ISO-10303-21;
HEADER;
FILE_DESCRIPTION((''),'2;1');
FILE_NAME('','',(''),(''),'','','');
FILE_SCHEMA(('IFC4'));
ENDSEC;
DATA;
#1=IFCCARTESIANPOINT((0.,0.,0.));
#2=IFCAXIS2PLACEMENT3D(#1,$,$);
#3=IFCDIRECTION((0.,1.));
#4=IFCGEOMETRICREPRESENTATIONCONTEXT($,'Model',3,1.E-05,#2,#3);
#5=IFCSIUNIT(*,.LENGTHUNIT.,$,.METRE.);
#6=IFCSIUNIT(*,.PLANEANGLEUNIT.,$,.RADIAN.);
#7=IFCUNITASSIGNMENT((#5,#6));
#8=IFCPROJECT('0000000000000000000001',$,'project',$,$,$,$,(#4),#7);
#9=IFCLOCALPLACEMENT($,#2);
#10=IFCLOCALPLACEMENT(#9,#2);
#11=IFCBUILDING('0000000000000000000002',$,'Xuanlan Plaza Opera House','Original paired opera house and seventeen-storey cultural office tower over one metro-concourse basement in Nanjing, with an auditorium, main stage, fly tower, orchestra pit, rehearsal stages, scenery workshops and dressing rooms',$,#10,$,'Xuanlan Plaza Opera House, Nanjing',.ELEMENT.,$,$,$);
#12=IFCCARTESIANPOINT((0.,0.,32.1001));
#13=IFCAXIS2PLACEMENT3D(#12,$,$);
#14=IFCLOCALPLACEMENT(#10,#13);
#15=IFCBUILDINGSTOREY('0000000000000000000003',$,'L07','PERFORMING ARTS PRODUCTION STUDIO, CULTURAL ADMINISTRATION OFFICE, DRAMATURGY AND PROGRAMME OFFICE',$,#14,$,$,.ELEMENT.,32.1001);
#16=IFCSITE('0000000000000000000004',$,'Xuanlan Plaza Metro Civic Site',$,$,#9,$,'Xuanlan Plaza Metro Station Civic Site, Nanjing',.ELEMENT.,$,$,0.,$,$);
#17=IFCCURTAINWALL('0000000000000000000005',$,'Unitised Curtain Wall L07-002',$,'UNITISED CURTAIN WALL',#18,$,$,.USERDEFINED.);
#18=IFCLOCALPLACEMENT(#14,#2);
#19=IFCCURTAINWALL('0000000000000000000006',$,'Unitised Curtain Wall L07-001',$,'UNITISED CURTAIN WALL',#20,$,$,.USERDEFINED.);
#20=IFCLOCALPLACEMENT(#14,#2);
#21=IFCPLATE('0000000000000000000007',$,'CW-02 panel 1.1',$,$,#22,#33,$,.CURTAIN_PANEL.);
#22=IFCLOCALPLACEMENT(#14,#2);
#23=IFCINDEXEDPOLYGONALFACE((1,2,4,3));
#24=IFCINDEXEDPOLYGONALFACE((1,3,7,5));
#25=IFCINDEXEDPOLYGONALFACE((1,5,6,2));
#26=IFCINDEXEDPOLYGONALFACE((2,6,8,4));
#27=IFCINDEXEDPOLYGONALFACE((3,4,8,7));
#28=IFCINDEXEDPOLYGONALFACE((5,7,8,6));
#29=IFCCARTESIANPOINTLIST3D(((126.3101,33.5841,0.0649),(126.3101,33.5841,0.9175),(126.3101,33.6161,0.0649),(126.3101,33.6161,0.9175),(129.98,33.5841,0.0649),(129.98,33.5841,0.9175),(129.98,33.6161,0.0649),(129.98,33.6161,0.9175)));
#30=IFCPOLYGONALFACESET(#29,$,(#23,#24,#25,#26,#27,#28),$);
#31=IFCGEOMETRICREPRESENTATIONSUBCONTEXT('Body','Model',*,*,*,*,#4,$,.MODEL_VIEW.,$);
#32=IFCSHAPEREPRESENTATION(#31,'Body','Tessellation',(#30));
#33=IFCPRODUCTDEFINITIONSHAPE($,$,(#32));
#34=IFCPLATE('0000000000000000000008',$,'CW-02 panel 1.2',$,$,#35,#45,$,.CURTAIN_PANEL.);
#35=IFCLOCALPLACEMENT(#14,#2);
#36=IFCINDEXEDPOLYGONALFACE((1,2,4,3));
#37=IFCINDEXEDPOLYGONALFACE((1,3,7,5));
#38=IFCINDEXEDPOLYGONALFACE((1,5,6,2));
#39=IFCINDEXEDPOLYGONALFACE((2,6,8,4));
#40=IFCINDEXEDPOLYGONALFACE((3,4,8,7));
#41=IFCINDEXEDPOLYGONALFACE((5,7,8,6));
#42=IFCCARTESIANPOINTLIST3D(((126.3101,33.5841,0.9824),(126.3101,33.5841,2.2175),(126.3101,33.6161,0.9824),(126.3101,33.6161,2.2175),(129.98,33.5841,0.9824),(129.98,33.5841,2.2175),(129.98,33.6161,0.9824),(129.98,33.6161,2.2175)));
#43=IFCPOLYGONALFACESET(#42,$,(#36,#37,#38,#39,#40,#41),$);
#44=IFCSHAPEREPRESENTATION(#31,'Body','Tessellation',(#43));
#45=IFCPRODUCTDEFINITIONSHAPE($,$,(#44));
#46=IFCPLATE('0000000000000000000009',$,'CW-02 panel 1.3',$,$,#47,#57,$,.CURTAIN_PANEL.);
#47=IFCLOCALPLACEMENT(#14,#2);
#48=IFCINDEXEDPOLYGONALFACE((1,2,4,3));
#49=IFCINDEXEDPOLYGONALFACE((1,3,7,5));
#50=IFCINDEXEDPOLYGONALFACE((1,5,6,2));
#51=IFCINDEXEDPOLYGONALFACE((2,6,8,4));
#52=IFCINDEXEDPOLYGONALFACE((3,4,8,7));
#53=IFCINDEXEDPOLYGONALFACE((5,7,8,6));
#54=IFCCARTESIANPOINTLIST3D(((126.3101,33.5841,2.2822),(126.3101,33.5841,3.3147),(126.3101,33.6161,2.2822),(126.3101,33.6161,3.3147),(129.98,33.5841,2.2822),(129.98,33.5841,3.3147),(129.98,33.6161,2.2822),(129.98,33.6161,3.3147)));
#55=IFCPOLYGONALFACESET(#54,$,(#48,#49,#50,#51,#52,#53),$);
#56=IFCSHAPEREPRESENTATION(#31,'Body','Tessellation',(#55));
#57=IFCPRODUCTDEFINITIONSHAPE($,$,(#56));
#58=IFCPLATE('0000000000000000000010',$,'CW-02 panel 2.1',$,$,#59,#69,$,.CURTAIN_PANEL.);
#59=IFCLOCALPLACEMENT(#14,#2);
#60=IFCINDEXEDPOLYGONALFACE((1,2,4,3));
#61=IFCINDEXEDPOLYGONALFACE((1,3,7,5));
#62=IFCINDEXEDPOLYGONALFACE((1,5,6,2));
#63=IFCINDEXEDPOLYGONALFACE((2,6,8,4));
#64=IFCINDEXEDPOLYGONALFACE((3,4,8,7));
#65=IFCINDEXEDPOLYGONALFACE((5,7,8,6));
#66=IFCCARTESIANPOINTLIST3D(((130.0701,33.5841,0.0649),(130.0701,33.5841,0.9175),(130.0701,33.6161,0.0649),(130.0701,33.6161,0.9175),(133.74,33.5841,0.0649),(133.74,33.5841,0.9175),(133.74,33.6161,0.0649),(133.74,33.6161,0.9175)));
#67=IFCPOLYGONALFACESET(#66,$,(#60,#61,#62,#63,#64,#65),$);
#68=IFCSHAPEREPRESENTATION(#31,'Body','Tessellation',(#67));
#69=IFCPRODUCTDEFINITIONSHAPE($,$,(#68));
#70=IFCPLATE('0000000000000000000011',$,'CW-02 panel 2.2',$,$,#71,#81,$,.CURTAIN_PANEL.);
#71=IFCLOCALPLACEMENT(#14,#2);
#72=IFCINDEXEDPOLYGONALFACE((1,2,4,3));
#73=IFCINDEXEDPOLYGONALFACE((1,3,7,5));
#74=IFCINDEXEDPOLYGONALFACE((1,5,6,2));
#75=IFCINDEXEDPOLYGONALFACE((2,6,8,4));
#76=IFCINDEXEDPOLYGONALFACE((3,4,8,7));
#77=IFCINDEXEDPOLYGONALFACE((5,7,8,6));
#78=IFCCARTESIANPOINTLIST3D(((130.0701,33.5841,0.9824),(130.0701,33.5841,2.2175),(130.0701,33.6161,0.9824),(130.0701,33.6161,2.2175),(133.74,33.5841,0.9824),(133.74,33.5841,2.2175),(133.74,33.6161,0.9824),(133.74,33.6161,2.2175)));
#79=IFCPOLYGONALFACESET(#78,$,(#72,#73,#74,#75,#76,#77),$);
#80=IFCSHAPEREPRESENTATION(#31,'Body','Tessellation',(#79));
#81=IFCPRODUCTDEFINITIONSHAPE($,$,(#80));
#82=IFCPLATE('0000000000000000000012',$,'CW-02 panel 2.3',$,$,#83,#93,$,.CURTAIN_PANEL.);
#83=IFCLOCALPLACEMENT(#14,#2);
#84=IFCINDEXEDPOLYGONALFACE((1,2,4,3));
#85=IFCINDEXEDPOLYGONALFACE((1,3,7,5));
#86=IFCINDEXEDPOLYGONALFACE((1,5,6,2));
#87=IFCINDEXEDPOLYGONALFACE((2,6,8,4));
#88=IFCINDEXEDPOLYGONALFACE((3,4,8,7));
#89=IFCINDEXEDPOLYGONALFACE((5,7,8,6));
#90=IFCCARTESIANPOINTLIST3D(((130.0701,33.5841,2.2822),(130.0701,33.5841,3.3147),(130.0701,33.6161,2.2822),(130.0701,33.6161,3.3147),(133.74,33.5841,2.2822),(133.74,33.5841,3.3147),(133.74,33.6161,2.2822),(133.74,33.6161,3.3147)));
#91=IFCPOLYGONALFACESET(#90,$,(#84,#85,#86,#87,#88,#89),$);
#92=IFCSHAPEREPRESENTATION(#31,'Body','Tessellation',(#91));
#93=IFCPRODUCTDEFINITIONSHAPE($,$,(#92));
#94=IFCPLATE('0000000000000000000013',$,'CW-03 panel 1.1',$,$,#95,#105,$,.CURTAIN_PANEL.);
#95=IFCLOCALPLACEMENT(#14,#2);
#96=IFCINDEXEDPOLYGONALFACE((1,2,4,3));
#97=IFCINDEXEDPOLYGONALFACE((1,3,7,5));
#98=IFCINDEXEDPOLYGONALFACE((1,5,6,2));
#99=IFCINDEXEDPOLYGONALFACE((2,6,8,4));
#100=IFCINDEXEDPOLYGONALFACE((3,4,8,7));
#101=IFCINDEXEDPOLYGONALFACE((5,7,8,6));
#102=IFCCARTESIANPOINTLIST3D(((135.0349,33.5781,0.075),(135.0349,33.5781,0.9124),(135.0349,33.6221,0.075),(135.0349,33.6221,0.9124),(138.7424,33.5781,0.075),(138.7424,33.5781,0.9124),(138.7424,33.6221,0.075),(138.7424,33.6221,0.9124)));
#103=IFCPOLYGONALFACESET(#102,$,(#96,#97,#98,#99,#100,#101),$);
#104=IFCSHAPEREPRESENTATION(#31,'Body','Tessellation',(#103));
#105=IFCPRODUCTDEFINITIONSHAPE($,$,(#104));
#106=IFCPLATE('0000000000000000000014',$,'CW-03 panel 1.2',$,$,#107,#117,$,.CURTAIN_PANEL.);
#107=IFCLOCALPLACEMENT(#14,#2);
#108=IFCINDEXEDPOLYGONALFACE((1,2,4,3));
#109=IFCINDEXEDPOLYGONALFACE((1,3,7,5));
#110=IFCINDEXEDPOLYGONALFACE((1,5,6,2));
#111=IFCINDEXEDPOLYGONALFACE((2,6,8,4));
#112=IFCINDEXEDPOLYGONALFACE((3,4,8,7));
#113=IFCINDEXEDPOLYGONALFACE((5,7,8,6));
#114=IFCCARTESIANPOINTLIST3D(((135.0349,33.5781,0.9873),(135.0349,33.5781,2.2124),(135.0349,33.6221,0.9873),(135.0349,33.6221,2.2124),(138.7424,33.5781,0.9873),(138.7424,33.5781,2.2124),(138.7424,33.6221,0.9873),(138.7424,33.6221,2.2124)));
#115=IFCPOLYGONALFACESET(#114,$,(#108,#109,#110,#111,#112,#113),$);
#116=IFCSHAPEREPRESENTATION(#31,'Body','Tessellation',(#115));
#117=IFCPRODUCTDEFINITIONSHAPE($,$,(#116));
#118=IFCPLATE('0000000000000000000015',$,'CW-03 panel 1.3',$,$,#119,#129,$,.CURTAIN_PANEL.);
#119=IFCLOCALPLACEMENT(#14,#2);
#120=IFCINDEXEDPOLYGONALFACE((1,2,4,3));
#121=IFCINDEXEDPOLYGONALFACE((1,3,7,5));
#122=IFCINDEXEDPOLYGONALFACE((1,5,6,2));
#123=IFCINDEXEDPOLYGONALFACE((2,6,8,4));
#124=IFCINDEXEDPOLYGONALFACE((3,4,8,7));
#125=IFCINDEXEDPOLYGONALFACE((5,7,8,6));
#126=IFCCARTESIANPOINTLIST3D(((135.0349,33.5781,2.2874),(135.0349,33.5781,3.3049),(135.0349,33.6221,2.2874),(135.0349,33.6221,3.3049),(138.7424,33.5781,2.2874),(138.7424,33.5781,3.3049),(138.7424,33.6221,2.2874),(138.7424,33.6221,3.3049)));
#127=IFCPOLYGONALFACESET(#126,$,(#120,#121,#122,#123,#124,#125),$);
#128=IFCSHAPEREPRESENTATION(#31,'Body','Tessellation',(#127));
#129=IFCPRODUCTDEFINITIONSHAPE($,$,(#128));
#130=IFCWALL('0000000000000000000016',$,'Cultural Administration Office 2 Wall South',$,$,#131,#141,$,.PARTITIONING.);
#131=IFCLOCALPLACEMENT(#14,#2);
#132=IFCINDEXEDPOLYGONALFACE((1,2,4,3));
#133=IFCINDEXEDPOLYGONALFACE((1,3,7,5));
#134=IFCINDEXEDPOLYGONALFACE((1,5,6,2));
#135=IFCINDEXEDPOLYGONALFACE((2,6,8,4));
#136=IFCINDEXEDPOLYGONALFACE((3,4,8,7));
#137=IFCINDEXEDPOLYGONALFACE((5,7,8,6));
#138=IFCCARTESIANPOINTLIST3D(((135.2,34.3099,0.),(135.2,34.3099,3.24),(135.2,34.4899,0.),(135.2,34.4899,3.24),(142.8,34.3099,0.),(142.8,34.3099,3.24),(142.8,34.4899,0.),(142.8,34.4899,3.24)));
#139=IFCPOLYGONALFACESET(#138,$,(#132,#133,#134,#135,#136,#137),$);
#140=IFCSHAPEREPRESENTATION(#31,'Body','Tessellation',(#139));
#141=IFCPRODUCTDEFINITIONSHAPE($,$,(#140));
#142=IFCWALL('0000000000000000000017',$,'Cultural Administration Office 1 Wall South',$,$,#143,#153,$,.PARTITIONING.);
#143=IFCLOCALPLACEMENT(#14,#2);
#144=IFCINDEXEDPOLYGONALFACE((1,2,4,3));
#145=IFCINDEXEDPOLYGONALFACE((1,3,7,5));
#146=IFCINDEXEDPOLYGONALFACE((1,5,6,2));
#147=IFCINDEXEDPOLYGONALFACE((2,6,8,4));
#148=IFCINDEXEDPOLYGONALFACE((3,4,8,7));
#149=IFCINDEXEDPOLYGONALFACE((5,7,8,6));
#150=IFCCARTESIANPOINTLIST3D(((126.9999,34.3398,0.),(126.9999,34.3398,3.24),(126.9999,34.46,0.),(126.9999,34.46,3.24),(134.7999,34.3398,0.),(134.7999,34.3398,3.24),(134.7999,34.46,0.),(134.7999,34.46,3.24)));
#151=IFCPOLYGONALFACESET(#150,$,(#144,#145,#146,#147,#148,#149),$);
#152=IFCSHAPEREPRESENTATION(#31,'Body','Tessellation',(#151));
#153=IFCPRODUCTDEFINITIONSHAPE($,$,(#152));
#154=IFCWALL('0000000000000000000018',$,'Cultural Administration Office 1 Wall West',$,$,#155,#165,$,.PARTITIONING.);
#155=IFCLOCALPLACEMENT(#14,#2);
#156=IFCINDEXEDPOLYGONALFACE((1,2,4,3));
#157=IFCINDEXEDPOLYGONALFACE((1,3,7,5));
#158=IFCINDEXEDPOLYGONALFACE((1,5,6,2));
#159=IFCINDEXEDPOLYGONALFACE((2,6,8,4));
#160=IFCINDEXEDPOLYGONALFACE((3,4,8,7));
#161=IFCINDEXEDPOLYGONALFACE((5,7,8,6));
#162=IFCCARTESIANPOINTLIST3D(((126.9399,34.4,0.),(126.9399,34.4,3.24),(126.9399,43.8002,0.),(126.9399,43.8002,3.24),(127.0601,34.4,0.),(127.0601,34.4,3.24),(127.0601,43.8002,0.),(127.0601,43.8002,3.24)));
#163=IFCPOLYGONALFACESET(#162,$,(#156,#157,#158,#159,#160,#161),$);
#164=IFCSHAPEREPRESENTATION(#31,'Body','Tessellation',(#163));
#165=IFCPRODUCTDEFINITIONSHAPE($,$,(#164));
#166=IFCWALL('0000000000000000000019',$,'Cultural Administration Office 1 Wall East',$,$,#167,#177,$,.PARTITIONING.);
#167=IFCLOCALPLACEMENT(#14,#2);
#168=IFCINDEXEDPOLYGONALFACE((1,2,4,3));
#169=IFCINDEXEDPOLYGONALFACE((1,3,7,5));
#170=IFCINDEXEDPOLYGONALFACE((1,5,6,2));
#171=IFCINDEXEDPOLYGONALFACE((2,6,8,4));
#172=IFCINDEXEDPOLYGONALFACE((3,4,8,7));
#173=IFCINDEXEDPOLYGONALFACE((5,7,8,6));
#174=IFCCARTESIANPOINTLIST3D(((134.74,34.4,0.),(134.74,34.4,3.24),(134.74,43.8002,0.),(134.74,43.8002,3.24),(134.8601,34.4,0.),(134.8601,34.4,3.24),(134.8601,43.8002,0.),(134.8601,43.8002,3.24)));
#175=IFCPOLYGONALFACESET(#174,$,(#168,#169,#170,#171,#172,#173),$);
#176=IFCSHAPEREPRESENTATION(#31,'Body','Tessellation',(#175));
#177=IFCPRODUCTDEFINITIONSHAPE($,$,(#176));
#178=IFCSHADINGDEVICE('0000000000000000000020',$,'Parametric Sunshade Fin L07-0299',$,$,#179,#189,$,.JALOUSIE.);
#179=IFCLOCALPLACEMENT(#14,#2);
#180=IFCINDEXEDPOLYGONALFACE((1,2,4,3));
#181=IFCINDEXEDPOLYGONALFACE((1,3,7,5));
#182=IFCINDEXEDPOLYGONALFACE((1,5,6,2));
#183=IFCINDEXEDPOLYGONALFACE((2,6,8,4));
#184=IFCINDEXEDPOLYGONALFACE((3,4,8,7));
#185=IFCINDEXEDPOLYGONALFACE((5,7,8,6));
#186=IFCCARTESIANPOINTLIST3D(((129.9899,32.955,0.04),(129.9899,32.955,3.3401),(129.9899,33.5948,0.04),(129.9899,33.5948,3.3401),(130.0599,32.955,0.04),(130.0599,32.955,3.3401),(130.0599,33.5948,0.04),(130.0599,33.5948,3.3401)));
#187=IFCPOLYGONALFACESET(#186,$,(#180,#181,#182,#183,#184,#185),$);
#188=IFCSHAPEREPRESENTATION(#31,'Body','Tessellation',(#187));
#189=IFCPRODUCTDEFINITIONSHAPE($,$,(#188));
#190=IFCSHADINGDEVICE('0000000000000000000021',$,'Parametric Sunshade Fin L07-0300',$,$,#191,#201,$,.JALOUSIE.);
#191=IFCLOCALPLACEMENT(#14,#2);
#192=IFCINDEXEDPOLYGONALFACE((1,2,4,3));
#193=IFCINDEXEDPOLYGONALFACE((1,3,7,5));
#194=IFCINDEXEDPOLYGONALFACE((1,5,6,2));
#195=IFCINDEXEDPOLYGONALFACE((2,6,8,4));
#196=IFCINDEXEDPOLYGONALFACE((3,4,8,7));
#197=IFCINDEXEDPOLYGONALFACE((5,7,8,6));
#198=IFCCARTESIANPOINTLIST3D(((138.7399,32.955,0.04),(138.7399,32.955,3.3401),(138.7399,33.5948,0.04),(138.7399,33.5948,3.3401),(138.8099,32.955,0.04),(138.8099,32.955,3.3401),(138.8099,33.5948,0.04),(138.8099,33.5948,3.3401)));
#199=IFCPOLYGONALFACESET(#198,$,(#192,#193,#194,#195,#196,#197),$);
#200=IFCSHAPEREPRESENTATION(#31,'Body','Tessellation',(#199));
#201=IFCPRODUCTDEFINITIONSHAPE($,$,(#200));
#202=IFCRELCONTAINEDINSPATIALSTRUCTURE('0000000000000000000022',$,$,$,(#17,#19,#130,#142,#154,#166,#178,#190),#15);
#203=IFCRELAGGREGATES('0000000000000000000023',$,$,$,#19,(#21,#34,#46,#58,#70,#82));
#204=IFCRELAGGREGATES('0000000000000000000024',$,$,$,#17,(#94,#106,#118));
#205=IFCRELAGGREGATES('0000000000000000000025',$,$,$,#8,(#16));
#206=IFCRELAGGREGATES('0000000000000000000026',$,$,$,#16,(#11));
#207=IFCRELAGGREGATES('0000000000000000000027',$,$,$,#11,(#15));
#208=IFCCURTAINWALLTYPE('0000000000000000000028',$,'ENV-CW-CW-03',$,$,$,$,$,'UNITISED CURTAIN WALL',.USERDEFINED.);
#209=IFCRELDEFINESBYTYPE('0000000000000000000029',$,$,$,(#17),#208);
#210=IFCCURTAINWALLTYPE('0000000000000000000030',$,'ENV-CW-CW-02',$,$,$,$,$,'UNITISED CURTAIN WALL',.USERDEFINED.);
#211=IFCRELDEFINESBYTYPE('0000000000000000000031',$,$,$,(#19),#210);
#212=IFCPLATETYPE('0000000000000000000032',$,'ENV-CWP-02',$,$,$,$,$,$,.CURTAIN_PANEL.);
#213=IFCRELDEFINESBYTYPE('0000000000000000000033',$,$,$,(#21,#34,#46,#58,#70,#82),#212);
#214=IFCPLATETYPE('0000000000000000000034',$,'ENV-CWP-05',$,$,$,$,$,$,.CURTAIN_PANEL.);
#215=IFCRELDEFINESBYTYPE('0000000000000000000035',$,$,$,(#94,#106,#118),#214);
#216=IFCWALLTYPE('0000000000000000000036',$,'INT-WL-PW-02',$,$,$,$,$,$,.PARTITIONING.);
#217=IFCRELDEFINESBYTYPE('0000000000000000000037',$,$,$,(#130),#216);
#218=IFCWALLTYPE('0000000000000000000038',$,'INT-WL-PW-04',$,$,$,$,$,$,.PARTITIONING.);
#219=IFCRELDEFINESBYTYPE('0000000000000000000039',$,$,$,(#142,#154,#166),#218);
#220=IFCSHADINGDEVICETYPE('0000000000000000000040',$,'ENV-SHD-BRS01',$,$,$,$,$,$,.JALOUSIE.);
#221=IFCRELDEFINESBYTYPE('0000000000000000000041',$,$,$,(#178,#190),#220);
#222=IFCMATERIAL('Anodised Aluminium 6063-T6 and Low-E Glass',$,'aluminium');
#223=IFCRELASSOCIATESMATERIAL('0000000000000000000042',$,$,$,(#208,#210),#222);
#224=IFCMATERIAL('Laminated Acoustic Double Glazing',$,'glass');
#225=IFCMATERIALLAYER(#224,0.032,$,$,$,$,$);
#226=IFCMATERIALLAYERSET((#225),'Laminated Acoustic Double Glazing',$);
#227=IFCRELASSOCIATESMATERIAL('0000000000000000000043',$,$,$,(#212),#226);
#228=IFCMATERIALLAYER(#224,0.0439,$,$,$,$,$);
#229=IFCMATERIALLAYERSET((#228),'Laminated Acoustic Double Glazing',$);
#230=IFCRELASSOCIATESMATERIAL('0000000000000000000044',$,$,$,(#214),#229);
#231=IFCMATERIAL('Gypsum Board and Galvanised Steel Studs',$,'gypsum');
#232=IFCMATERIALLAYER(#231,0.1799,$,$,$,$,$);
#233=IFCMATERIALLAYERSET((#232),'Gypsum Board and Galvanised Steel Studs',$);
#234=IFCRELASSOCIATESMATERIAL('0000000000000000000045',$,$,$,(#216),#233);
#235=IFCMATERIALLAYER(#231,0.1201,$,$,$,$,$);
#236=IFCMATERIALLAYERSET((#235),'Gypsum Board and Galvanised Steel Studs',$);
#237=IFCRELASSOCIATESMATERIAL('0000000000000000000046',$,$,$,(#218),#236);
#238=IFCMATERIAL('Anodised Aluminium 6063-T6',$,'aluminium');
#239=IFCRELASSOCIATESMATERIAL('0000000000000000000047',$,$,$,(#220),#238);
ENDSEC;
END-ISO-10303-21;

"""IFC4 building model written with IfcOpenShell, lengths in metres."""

from ifc_helpers import new_model, si_unit, direction, frame, frame_2d, origin, origin_2d, place, context, subcontext, project, spatial, rectangle, extrude, material, layer, layer_set, type_object, element, aggregate, save


model = new_model("IFC4")

# Units and contexts
model_context = context("Model", 3, precision=1e-05, world=origin(), true_north=direction((0.0, 1.0)))
body_context = subcontext(model_context, "Body", "Model", "MODEL_VIEW")
ifc_project = project(units=[si_unit("LENGTHUNIT", "METRE"), si_unit("PLANEANGLEUNIT", "RADIAN")], contexts=[model_context])

# Site, building, storey
site_placement = place(None, origin())
site = spatial("IfcSite", under=ifc_project, at=site_placement, Name="Xuanlan Plaza Metro Civic Site", LongName="Xuanlan Plaza Metro Station Civic Site, Nanjing", CompositionType="ELEMENT", RefElevation=0.0)
building_placement = place(site_placement, origin())
building = spatial("IfcBuilding", under=site, at=building_placement, Name="Xuanlan Plaza Opera House", Description="Original paired opera house and seventeen-storey cultural office tower over one metro-concourse basement in Nanjing, with an auditorium, main stage, fly tower, orchestra pit, rehearsal stages, scenery workshops and dressing rooms", LongName="Xuanlan Plaza Opera House, Nanjing", CompositionType="ELEMENT")
storey_placement = place(building_placement, frame((0.0, 0.0, 32.1001)))
storey = spatial("IfcBuildingStorey", under=building, at=storey_placement, Name="L07", Description="PERFORMING ARTS PRODUCTION STUDIO, CULTURAL ADMINISTRATION OFFICE, DRAMATURGY AND PROGRAMME OFFICE", CompositionType="ELEMENT", Elevation=32.1001)

# Curtain wall
ifc_material_1 = material(Name="Anodised Aluminium 6063-T6 and Low-E Glass", Category="aluminium")
curtain_wall_type_1 = type_object("IfcCurtainWallType", Name="ENV-CW-CW-03", ElementType="UNITISED CURTAIN WALL", PredefinedType="USERDEFINED", material=ifc_material_1)
curtain_wall_1_placement = place(storey_placement, origin())
curtain_wall_1 = element("IfcCurtainWall", 1, at=curtain_wall_1_placement, inside=storey, type_object=curtain_wall_type_1, Name="Unitised Curtain Wall L07-002", ObjectType="UNITISED CURTAIN WALL", PredefinedType="USERDEFINED")
ifc_material_2 = material(Name="Anodised Aluminium 6063-T6", Category="aluminium")

# Curtain wall
curtain_wall_type_2 = type_object("IfcCurtainWallType", Name="ENV-CW-CW-02", ElementType="UNITISED CURTAIN WALL", PredefinedType="USERDEFINED", material=ifc_material_1)
curtain_wall_2_placement = place(storey_placement, origin())
curtain_wall_2 = element("IfcCurtainWall", 2, at=curtain_wall_2_placement, inside=storey, type_object=curtain_wall_type_2, Name="Unitised Curtain Wall L07-001", ObjectType="UNITISED CURTAIN WALL", PredefinedType="USERDEFINED")

# Plates
ifc_material_3 = material(Name="Laminated Acoustic Double Glazing", Category="glass")
ifc_layer_1 = layer(ifc_material_3, 0.032)
ifc_layer_set_1 = layer_set([ifc_layer_1], Name="Laminated Acoustic Double Glazing")
plate_type_1 = type_object("IfcPlateType", Name="ENV-CWP-02", PredefinedType="CURTAIN_PANEL", material=ifc_layer_set_1)
plate_1_placement = place(storey_placement, frame((128.145, 33.6001, 0.0649), z_axis=(0.0, 0.0, 1.0), x_axis=(1.0, 0.0, 0.0)))
plate_1 = element("IfcPlate", 3, at=plate_1_placement, type_object=plate_type_1, Name="CW-02 panel 1.1", PredefinedType="CURTAIN_PANEL", context=body_context, shape_type="SweptSolid", body=[
    extrude(rectangle(XDim=3.6699, YDim=0.032, at=origin_2d()), origin(), (0.0, 0.0, 1.0), 0.8525),
])
plate_2_placement = place(storey_placement, frame((128.145, 33.6001, 0.9824), z_axis=(0.0, 0.0, 1.0), x_axis=(1.0, 0.0, 0.0)))
plate_2 = element("IfcPlate", 4, at=plate_2_placement, type_object=plate_type_1, Name="CW-02 panel 1.2", PredefinedType="CURTAIN_PANEL", context=body_context, shape_type="SweptSolid", body=[
    extrude(rectangle(XDim=3.6699, YDim=0.032, at=origin_2d()), origin(), (0.0, 0.0, 1.0), 1.2351),
])
plate_3_placement = place(storey_placement, frame((128.145, 33.6001, 2.2822), z_axis=(0.0, 0.0, 1.0), x_axis=(1.0, 0.0, 0.0)))
plate_3 = element("IfcPlate", 5, at=plate_3_placement, type_object=plate_type_1, Name="CW-02 panel 1.3", PredefinedType="CURTAIN_PANEL", context=body_context, shape_type="SweptSolid", body=[
    extrude(rectangle(XDim=3.6699, YDim=0.032, at=origin_2d()), origin(), (0.0, 0.0, 1.0), 1.0325),
])
plate_4_placement = place(storey_placement, frame((131.905, 33.6001, 0.0649), z_axis=(0.0, 0.0, 1.0), x_axis=(1.0, 0.0, 0.0)))
plate_4 = element("IfcPlate", 6, at=plate_4_placement, type_object=plate_type_1, Name="CW-02 panel 2.1", PredefinedType="CURTAIN_PANEL", context=body_context, shape_type="SweptSolid", body=[
    extrude(rectangle(XDim=3.6699, YDim=0.032, at=origin_2d()), origin(), (0.0, 0.0, 1.0), 0.8525),
])
plate_5_placement = place(storey_placement, frame((131.905, 33.6001, 0.9824), z_axis=(0.0, 0.0, 1.0), x_axis=(1.0, 0.0, 0.0)))
plate_5 = element("IfcPlate", 7, at=plate_5_placement, type_object=plate_type_1, Name="CW-02 panel 2.2", PredefinedType="CURTAIN_PANEL", context=body_context, shape_type="SweptSolid", body=[
    extrude(rectangle(XDim=3.6699, YDim=0.032, at=origin_2d()), origin(), (0.0, 0.0, 1.0), 1.2351),
])
plate_6_placement = place(storey_placement, frame((131.905, 33.6001, 2.2822), z_axis=(0.0, 0.0, 1.0), x_axis=(1.0, 0.0, 0.0)))
plate_6 = element("IfcPlate", 8, at=plate_6_placement, type_object=plate_type_1, Name="CW-02 panel 2.3", PredefinedType="CURTAIN_PANEL", context=body_context, shape_type="SweptSolid", body=[
    extrude(rectangle(XDim=3.6699, YDim=0.032, at=origin_2d()), origin(), (0.0, 0.0, 1.0), 1.0325),
])
aggregate(curtain_wall_2, [plate_1, plate_2, plate_3, plate_4, plate_5, plate_6])
ifc_layer_2 = layer(ifc_material_3, 0.0439)
ifc_layer_set_2 = layer_set([ifc_layer_2], Name="Laminated Acoustic Double Glazing")
plate_type_2 = type_object("IfcPlateType", Name="ENV-CWP-05", PredefinedType="CURTAIN_PANEL", material=ifc_layer_set_2)
plate_7_placement = place(storey_placement, frame((136.8887, 33.6001, 0.075), z_axis=(0.0, 0.0, 1.0), x_axis=(1.0, 0.0, 0.0)))
plate_7 = element("IfcPlate", 9, at=plate_7_placement, type_object=plate_type_2, Name="CW-03 panel 1.1", PredefinedType="CURTAIN_PANEL", context=body_context, shape_type="SweptSolid", body=[
    extrude(rectangle(XDim=3.7075, YDim=0.0439, at=origin_2d()), origin(), (0.0, 0.0, 1.0), 0.8374),
])
plate_8_placement = place(storey_placement, frame((136.8887, 33.6001, 0.9873), z_axis=(0.0, 0.0, 1.0), x_axis=(1.0, 0.0, 0.0)))
plate_8 = element("IfcPlate", 10, at=plate_8_placement, type_object=plate_type_2, Name="CW-03 panel 1.2", PredefinedType="CURTAIN_PANEL", context=body_context, shape_type="SweptSolid", body=[
    extrude(rectangle(XDim=3.7075, YDim=0.0439, at=origin_2d()), origin(), (0.0, 0.0, 1.0), 1.2251),
])
plate_9_placement = place(storey_placement, frame((136.8887, 33.6001, 2.2874), z_axis=(0.0, 0.0, 1.0), x_axis=(1.0, 0.0, 0.0)))
plate_9 = element("IfcPlate", 11, at=plate_9_placement, type_object=plate_type_2, Name="CW-03 panel 1.3", PredefinedType="CURTAIN_PANEL", context=body_context, shape_type="SweptSolid", body=[
    extrude(rectangle(XDim=3.7075, YDim=0.0439, at=origin_2d()), origin(), (0.0, 0.0, 1.0), 1.0176),
])
aggregate(curtain_wall_1, [plate_7, plate_8, plate_9])

# Walls
ifc_material_4 = material(Name="Gypsum Board and Galvanised Steel Studs", Category="gypsum")
ifc_layer_3 = layer(ifc_material_4, 0.1799)
ifc_layer_set_3 = layer_set([ifc_layer_3], Name="Gypsum Board and Galvanised Steel Studs")
wall_type_1 = type_object("IfcWallType", Name="INT-WL-PW-02", PredefinedType="PARTITIONING", material=ifc_layer_set_3)
wall_1_placement = place(storey_placement, frame((135.2, 34.3999, 0.0), z_axis=(0.0, 0.0, 1.0), x_axis=(1.0, 0.0, 0.0)))
element("IfcWall", 12, at=wall_1_placement, inside=storey, type_object=wall_type_1, Name="Cultural Administration Office 2 Wall South", PredefinedType="PARTITIONING", context=body_context, shape_type="SweptSolid", body=[
    extrude(rectangle(XDim=7.6001, YDim=0.1799, at=frame_2d((3.8, 0.0))), origin(), (0.0, 0.0, 1.0), 3.24),
])
ifc_layer_4 = layer(ifc_material_4, 0.1201)
ifc_layer_set_4 = layer_set([ifc_layer_4], Name="Gypsum Board and Galvanised Steel Studs")
wall_type_2 = type_object("IfcWallType", Name="INT-WL-PW-04", PredefinedType="PARTITIONING", material=ifc_layer_set_4)
wall_2_placement = place(storey_placement, frame((127.0, 34.3999, 0.0), z_axis=(0.0, 0.0, 1.0), x_axis=(1.0, 0.0, 0.0)))
element("IfcWall", 13, at=wall_2_placement, inside=storey, type_object=wall_type_2, Name="Cultural Administration Office 1 Wall South", PredefinedType="PARTITIONING", context=body_context, shape_type="SweptSolid", body=[
    extrude(rectangle(XDim=7.8, YDim=0.1201, at=frame_2d((3.8999, 0.0))), origin(), (0.0, 0.0, 1.0), 3.24),
])
for number, where, z_axis, x_axis, name in (
    (14, (127.0, 34.3999, 0.0), (0.0, 0.0, 1.0), (0.0, 1.0, 0.0), "Cultural Administration Office 1 Wall West"),
    (15, (134.8, 34.3999, 0.0), (0.0, 0.0, 1.0), (0.0, 1.0, 0.0), "Cultural Administration Office 1 Wall East"),
):
    element("IfcWall", number, at=place(storey_placement, frame(where, z_axis=z_axis, x_axis=x_axis)), inside=storey, type_object=wall_type_2, Name=name, PredefinedType="PARTITIONING", context=body_context, shape_type="SweptSolid", body=[
        extrude(rectangle(XDim=9.4001, YDim=0.1201, at=frame_2d((4.7002, 0.0))), origin(), (0.0, 0.0, 1.0), 3.24),
    ])

# Shading devices
shading_device_type = type_object("IfcShadingDeviceType", Name="ENV-SHD-BRS01", PredefinedType="JALOUSIE", material=ifc_material_2)
for number, where, z_axis, x_axis, name in (
    (16, (130.0249, 33.2749, 0.04), (0.0, 0.0, 1.0), (0.0, -1.0, 0.0), "Parametric Sunshade Fin L07-0299"),
    (17, (138.7749, 33.2749, 0.04), (0.0, 0.0, 1.0), (0.0, -1.0, 0.0), "Parametric Sunshade Fin L07-0300"),
):
    element("IfcShadingDevice", number, at=place(storey_placement, frame(where, z_axis=z_axis, x_axis=x_axis)), inside=storey, type_object=shading_device_type, Name=name, PredefinedType="JALOUSIE", context=body_context, shape_type="SweptSolid", body=[
        extrude(rectangle(XDim=0.6399, YDim=0.0701, at=origin_2d()), origin(), (0.0, 0.0, 1.0), 3.3),
    ])

save(model, "model.ifc")
